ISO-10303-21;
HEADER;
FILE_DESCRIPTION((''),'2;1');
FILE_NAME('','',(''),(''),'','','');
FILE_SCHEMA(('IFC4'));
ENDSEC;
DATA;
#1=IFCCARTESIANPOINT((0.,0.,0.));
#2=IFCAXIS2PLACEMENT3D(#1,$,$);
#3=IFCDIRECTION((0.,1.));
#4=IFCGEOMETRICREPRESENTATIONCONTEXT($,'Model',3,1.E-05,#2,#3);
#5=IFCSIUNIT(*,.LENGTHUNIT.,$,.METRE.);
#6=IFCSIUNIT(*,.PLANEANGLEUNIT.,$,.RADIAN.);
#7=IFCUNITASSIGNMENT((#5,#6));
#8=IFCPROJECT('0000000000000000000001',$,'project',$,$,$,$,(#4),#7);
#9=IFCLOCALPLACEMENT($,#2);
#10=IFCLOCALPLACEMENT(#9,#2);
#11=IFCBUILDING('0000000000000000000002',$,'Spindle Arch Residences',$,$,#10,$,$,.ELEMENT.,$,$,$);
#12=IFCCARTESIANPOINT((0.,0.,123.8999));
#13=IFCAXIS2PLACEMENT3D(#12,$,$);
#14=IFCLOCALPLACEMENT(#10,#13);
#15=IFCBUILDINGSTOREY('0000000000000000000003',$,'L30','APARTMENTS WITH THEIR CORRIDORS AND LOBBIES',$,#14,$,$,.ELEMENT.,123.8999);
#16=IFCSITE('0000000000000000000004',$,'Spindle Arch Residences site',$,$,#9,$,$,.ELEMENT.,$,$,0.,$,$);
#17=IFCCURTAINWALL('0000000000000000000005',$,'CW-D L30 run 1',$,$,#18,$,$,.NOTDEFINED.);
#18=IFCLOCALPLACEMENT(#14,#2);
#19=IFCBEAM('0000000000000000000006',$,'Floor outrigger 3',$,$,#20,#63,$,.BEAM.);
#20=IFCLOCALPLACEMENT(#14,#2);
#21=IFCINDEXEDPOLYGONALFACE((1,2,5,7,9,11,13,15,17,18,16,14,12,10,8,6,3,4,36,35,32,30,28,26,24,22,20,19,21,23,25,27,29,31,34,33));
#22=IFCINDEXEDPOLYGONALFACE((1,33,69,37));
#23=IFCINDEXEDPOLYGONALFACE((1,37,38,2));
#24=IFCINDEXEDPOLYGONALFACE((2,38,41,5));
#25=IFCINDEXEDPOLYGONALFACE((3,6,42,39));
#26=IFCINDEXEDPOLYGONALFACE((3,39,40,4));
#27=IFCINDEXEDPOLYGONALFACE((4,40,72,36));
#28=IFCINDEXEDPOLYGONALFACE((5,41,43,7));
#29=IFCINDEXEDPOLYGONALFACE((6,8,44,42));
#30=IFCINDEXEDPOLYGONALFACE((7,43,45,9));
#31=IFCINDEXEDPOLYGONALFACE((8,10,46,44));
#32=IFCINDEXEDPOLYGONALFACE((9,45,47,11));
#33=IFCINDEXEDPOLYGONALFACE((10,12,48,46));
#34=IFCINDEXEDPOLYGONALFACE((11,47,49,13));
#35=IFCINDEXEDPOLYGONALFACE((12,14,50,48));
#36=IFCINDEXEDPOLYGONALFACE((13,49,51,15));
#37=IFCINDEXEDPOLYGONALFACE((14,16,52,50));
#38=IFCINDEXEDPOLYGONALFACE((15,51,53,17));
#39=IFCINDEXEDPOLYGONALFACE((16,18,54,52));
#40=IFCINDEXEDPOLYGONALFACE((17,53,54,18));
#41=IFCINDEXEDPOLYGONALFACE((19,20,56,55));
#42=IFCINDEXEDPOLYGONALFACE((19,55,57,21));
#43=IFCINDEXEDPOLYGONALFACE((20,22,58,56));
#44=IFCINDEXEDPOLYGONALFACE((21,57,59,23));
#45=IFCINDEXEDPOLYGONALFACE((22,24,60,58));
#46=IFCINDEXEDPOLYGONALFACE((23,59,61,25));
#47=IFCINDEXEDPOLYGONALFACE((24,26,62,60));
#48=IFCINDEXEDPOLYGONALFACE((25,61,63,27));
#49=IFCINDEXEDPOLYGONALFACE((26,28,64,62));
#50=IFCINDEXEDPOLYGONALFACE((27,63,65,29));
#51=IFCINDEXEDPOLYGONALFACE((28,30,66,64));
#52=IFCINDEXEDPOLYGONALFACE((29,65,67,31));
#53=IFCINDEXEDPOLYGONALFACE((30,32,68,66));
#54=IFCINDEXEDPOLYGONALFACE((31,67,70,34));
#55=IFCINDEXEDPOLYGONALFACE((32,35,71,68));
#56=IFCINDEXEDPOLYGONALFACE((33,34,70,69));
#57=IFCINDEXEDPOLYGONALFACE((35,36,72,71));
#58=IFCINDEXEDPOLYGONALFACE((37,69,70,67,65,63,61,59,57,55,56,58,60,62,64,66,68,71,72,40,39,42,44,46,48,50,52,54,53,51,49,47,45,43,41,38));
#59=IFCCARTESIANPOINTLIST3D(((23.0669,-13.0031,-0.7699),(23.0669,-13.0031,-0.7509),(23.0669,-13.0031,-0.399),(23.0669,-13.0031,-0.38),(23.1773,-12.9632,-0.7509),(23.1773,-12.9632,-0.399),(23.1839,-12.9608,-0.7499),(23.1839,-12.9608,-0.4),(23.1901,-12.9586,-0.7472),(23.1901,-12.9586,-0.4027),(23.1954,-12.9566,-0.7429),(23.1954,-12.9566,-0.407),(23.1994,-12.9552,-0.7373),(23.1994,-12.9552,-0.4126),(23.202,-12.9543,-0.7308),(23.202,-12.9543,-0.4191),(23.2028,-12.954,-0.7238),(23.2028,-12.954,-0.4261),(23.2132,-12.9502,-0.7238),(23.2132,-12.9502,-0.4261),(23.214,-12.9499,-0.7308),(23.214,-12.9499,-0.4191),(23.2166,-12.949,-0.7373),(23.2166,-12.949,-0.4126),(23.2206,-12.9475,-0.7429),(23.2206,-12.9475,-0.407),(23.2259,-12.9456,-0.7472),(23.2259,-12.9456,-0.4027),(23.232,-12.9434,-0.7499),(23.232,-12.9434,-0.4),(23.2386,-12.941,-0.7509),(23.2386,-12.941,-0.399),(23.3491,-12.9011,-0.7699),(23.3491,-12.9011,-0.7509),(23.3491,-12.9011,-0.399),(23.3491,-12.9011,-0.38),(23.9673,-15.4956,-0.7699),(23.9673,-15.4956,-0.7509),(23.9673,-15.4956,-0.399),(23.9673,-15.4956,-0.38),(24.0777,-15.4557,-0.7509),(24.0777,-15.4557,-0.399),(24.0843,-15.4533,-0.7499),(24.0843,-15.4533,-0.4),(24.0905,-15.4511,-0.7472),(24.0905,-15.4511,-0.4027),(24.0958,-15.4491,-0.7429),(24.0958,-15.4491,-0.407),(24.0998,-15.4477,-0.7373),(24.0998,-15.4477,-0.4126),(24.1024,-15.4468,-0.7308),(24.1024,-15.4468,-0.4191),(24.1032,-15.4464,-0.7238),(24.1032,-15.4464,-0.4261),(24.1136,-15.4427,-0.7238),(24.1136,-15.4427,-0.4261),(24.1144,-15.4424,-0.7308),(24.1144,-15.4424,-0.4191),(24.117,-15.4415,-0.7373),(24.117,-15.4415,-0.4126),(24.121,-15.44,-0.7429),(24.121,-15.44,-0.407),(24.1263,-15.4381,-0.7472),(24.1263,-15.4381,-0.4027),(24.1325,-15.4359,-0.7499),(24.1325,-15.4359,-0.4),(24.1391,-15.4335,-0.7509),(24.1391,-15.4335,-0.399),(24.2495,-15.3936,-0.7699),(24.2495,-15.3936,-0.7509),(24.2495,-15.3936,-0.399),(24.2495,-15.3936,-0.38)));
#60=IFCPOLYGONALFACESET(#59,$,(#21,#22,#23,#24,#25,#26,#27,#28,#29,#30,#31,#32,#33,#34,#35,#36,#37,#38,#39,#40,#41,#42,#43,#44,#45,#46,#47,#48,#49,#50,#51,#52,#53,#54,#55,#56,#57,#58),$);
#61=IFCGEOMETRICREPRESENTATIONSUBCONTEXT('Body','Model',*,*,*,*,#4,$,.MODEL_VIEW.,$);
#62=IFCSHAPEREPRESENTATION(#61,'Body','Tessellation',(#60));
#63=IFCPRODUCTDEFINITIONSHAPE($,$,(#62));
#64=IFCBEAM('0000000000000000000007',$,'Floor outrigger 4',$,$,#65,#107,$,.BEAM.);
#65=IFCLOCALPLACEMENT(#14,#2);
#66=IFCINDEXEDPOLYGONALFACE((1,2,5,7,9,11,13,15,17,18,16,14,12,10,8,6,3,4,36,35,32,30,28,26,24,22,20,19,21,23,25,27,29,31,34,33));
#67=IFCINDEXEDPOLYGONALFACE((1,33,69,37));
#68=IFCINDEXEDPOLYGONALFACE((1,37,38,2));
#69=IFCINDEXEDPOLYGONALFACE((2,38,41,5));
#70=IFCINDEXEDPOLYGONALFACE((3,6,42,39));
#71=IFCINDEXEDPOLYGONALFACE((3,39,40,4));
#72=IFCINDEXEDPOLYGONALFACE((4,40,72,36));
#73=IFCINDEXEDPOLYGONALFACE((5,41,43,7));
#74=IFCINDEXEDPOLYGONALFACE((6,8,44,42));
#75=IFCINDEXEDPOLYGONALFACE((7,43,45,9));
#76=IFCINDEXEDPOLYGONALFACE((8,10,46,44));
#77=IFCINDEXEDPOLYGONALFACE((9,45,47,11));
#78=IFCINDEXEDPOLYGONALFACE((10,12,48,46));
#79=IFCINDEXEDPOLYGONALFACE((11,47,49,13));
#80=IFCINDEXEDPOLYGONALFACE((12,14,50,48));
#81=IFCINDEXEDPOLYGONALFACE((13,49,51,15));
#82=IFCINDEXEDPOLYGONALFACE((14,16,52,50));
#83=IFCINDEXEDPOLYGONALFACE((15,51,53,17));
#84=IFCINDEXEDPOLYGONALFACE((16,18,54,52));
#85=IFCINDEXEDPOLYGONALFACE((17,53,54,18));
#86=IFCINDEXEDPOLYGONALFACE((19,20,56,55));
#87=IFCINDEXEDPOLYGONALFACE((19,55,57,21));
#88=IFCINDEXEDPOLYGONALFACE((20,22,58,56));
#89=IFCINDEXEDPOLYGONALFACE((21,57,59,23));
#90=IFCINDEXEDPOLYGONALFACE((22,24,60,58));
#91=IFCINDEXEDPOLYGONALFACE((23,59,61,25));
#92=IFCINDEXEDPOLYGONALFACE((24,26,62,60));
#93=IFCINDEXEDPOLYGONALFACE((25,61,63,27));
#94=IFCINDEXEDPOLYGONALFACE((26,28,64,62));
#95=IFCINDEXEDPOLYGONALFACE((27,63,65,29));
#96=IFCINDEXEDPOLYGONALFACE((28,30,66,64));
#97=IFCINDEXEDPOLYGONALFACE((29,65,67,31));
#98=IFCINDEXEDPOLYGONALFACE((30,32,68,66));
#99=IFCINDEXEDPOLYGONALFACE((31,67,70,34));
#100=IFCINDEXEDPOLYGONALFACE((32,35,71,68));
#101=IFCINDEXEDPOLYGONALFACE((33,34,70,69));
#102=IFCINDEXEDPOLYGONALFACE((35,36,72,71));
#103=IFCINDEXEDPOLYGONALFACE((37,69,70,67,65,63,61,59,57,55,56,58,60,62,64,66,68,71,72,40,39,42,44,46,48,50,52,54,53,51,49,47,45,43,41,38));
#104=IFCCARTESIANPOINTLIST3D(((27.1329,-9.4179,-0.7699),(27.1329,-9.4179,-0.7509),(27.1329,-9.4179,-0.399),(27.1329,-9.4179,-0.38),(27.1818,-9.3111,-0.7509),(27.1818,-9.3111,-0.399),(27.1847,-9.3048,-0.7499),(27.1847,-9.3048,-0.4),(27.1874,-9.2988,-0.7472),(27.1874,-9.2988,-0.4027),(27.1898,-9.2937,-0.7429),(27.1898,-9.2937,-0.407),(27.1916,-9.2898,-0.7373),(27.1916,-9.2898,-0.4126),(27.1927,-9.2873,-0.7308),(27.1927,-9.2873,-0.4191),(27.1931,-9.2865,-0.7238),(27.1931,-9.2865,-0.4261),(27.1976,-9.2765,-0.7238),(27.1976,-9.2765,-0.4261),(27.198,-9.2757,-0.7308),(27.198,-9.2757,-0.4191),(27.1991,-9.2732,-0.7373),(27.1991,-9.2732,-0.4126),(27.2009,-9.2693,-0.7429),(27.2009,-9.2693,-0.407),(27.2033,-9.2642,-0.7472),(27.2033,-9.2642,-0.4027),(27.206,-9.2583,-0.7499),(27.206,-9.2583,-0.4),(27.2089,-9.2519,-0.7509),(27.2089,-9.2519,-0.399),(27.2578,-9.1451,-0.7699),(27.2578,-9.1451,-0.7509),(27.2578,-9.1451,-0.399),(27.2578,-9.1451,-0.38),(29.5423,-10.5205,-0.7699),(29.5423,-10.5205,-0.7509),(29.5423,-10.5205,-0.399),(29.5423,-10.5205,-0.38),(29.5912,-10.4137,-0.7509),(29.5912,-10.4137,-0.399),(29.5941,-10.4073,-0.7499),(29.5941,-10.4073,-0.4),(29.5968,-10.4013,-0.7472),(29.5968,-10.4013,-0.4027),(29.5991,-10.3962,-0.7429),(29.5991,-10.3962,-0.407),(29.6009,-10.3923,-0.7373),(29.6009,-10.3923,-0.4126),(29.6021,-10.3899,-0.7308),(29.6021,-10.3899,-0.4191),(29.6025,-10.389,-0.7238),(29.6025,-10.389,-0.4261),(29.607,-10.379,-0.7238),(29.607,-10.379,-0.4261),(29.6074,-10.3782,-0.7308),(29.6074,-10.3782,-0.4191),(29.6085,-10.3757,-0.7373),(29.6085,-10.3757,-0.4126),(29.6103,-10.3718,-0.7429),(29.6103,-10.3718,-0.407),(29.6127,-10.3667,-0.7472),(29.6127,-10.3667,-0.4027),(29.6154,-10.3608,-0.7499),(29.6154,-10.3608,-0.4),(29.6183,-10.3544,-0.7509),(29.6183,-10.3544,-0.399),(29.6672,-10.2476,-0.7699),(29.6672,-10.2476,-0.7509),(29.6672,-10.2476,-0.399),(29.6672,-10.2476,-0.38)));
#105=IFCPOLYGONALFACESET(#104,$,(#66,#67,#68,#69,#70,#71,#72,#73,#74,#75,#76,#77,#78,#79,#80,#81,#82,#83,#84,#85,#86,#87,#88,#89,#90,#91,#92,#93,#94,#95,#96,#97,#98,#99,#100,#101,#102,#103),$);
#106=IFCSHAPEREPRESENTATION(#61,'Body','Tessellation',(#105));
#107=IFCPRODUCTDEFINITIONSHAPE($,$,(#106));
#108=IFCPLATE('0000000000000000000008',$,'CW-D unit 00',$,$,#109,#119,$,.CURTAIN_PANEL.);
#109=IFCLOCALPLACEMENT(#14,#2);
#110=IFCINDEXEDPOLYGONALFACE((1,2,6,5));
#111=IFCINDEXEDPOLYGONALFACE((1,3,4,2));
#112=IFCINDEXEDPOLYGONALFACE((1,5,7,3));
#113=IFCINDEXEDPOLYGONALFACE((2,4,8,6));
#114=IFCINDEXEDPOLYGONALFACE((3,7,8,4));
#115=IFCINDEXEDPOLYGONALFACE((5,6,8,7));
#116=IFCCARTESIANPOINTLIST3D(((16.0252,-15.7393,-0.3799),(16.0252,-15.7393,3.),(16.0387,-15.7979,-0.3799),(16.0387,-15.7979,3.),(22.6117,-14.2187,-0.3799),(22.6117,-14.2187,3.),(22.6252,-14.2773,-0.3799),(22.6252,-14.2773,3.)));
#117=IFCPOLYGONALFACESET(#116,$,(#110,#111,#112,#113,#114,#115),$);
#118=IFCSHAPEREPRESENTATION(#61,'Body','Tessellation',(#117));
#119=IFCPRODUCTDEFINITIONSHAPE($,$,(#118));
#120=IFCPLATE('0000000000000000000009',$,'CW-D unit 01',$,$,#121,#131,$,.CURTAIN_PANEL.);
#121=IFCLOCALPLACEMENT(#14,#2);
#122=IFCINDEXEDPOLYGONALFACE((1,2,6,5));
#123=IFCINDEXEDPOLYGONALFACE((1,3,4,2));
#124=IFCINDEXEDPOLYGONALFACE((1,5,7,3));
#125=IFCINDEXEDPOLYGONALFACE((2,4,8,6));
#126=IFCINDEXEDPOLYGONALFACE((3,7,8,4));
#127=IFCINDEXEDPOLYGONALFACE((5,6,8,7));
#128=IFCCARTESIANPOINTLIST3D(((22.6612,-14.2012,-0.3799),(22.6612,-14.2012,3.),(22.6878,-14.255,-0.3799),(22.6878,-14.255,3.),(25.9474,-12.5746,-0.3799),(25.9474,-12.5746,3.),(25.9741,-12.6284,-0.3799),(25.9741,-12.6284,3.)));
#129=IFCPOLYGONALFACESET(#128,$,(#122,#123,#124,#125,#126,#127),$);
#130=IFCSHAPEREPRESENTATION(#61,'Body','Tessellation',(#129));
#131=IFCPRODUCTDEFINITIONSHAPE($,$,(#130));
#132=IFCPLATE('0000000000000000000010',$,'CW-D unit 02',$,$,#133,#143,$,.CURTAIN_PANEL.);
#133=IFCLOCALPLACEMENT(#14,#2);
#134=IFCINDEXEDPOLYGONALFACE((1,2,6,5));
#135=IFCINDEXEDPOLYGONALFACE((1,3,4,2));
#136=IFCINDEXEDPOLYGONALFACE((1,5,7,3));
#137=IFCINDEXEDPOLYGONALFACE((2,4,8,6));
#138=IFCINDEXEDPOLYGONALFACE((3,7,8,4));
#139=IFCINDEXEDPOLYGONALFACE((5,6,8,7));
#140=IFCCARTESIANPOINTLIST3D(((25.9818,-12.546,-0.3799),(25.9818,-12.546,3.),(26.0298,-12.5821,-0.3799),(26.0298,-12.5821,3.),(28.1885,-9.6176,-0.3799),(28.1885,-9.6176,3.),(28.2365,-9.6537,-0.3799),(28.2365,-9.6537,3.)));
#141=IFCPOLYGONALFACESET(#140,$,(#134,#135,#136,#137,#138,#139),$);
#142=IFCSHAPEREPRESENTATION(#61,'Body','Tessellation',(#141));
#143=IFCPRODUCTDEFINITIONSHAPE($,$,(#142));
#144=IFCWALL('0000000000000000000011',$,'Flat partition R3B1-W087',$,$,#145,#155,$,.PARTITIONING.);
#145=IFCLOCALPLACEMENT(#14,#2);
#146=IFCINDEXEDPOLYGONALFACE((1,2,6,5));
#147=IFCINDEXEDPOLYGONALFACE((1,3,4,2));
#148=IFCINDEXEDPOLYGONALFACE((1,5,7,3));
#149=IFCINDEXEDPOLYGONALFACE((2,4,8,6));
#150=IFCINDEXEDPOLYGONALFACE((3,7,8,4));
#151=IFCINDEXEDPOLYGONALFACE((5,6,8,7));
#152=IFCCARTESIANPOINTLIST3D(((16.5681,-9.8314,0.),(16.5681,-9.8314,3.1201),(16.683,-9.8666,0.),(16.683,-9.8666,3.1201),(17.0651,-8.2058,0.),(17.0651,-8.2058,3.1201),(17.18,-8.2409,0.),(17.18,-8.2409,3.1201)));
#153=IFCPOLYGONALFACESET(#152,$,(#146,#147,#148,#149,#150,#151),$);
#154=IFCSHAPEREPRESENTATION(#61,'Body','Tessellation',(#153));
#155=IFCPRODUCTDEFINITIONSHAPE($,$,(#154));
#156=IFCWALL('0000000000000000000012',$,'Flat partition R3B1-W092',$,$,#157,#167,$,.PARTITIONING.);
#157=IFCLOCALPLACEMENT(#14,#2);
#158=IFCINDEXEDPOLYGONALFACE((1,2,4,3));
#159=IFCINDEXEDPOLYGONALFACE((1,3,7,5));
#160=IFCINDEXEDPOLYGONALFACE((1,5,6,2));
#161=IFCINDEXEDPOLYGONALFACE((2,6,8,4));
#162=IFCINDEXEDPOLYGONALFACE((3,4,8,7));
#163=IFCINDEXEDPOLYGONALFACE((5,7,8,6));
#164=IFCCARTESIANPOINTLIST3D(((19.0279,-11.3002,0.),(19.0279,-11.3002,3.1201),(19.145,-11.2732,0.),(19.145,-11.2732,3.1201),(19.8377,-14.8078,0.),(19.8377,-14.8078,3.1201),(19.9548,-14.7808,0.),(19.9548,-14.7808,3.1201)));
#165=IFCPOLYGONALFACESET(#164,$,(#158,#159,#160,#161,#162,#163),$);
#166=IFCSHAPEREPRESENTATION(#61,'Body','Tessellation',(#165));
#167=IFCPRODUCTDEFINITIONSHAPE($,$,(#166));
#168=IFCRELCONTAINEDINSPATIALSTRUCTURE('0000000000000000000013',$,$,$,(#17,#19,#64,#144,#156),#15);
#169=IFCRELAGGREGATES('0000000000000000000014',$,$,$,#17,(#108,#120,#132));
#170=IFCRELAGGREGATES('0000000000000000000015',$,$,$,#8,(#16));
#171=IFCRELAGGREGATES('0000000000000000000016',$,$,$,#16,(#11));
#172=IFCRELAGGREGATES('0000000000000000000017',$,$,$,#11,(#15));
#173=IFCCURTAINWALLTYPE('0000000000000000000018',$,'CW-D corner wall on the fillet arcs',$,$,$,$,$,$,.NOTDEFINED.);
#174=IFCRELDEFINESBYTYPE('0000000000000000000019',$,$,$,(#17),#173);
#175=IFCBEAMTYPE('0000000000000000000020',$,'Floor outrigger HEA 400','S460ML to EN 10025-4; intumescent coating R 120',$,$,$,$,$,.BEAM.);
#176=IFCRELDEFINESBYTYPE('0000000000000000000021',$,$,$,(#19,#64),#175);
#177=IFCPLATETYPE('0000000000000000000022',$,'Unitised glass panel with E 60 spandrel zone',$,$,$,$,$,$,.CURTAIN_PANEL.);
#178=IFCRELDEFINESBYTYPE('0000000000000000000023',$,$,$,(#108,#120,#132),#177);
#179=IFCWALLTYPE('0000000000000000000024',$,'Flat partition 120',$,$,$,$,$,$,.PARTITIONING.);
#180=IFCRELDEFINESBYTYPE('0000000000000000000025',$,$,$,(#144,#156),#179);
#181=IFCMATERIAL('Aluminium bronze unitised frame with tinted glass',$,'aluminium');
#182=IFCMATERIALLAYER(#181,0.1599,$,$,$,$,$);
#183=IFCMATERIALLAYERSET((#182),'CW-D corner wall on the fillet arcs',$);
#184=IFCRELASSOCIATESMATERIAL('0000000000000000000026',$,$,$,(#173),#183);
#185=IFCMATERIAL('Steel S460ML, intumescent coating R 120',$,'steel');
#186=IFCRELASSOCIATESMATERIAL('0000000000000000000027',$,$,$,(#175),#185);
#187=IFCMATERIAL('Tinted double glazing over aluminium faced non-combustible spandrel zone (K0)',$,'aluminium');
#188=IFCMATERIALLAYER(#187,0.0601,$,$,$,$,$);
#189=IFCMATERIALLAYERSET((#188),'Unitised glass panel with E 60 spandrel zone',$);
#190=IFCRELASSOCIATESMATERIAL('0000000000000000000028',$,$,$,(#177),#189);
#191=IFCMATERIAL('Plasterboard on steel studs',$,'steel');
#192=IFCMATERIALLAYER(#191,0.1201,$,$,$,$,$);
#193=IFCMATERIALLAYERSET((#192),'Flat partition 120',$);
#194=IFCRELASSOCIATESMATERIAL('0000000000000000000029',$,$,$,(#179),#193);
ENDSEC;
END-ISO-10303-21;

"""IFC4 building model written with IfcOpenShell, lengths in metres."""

from ifc_helpers import new_model, si_unit, direction, frame, frame_2d, origin, origin_2d, place, context, subcontext, project, spatial, rectangle, i_section, extrude, material, layer, layer_set, material_profile, profile_set, type_object, element, aggregate, save


model = new_model("IFC4")

# Units and contexts
model_context = context("Model", 3, precision=1e-05, world=origin(), true_north=direction((0.0, 1.0)))
body_context = subcontext(model_context, "Body", "Model", "MODEL_VIEW")
ifc_project = project(units=[si_unit("LENGTHUNIT", "METRE"), si_unit("PLANEANGLEUNIT", "RADIAN")], contexts=[model_context])

# Site, building, storey
site_placement = place(None, origin())
site = spatial("IfcSite", under=ifc_project, at=site_placement, Name="Spindle Arch Residences site", CompositionType="ELEMENT", RefElevation=0.0)
building_placement = place(site_placement, origin())
building = spatial("IfcBuilding", under=site, at=building_placement, Name="Spindle Arch Residences", CompositionType="ELEMENT")
storey_placement = place(building_placement, frame((0.0, 0.0, 123.8999)))
storey = spatial("IfcBuildingStorey", under=building, at=storey_placement, Name="L30", Description="APARTMENTS WITH THEIR CORRIDORS AND LOBBIES", CompositionType="ELEMENT", Elevation=123.8999)

# Curtain wall
ifc_material_1 = material(Name="Aluminium bronze unitised frame with tinted glass", Category="aluminium")
ifc_layer_1 = layer(ifc_material_1, 0.1599)
ifc_layer_set_1 = layer_set([ifc_layer_1], Name="CW-D corner wall on the fillet arcs")
curtain_wall_type = type_object("IfcCurtainWallType", Name="CW-D corner wall on the fillet arcs", PredefinedType="NOTDEFINED", material=ifc_layer_set_1)
curtain_wall_placement = place(storey_placement, origin())
curtain_wall = element("IfcCurtainWall", 1, at=curtain_wall_placement, inside=storey, type_object=curtain_wall_type, Name="CW-D L30 run 1", PredefinedType="NOTDEFINED")

# Beams
ifc_material_2 = material(Name="Steel S460ML, intumescent coating R 120", Category="steel")
ifc_material_profile_1 = material_profile(ifc_material_2, i_section(OverallWidth=0.3, OverallDepth=0.3899, WebThickness=0.011, FlangeThickness=0.019, FilletRadius=0.0271, at=origin_2d()), Name="HEA 400")
ifc_profile_set_1 = profile_set([ifc_material_profile_1], Name="Steel S460ML, intumescent coating R 120")
beam_type_1 = type_object("IfcBeamType", Name="Floor outrigger HEA 400", Description="S460ML to EN 10025-4; intumescent coating R 120", PredefinedType="BEAM", material=ifc_profile_set_1)
beam_1_placement = place(storey_placement, frame((24.1084, -15.4446, -0.575), z_axis=(-0.33976, 0.940512, 0.0), x_axis=(-0.940512, -0.33976, 0.0)))
element("IfcBeam", 2, at=beam_1_placement, inside=storey, type_object=beam_type_1, Name="Floor outrigger 3", PredefinedType="BEAM", context=body_context, shape_type="SweptSolid", body=[
    extrude(i_section(OverallWidth=0.3, OverallDepth=0.3899, WebThickness=0.011, FlangeThickness=0.019, FilletRadius=0.0271, at=origin_2d()), origin(), (0.0, 0.0, 1.0), 2.6501),
])
beam_2_placement = place(storey_placement, frame((29.6047, -10.384, -0.575), z_axis=(-0.909319, 0.416099, 0.0), x_axis=(-0.416099, -0.909319, 0.0)))
element("IfcBeam", 3, at=beam_2_placement, inside=storey, type_object=beam_type_1, Name="Floor outrigger 4", PredefinedType="BEAM", context=body_context, shape_type="SweptSolid", body=[
    extrude(i_section(OverallWidth=0.3, OverallDepth=0.3899, WebThickness=0.011, FlangeThickness=0.019, FilletRadius=0.0271, at=origin_2d()), origin(), (0.0, 0.0, 1.0), 2.6497),
])

# Plates
ifc_material_3 = material(Name="Tinted double glazing over aluminium faced non-combustible spandrel zone (K0)", Category="aluminium")
ifc_layer_2 = layer(ifc_material_3, 0.0601)
ifc_layer_set_2 = layer_set([ifc_layer_2], Name="Unitised glass panel with E 60 spandrel zone")
plate_type = type_object("IfcPlateType", Name="Unitised glass panel with E 60 spandrel zone", PredefinedType="CURTAIN_PANEL", material=ifc_layer_set_2)
plate_1_placement = place(storey_placement, frame((19.3252, -15.0083, -0.3799), z_axis=(0.0, 0.0, 1.0), x_axis=(0.97437, 0.224951, 0.0)))
plate_1 = element("IfcPlate", 4, at=plate_1_placement, type_object=plate_type, Name="CW-D unit 00", PredefinedType="CURTAIN_PANEL", context=body_context, shape_type="SweptSolid", body=[
    extrude(rectangle(XDim=6.7598, YDim=0.0601, at=origin_2d()), origin(), (0.0, 0.0, 1.0), 3.3799),
])
plate_2_placement = place(storey_placement, frame((24.3176, -13.4148, -0.3799), z_axis=(0.0, 0.0, 1.0), x_axis=(0.896229, 0.443593, 0.0)))
plate_2 = element("IfcPlate", 5, at=plate_2_placement, type_object=plate_type, Name="CW-D unit 01", PredefinedType="CURTAIN_PANEL", context=body_context, shape_type="SweptSolid", body=[
    extrude(rectangle(XDim=3.6667, YDim=0.0601, at=origin_2d()), origin(), (0.0, 0.0, 1.0), 3.3799),
])
plate_3_placement = place(storey_placement, frame((27.1091, -11.0999, -0.3799), z_axis=(0.0, 0.0, 1.0), x_axis=(0.601815, 0.798636, 0.0)))
plate_3 = element("IfcPlate", 6, at=plate_3_placement, type_object=plate_type, Name="CW-D unit 02", PredefinedType="CURTAIN_PANEL", context=body_context, shape_type="SweptSolid", body=[
    extrude(rectangle(XDim=3.6667, YDim=0.0601, at=origin_2d()), origin(), (0.0, 0.0, 1.0), 3.3799),
])
aggregate(curtain_wall, [plate_1, plate_2, plate_3])

# Walls
ifc_material_4 = material(Name="Plasterboard on steel studs", Category="steel")
ifc_layer_3 = layer(ifc_material_4, 0.1201)
ifc_layer_set_3 = layer_set([ifc_layer_3], Name="Flat partition 120")
wall_type_1 = type_object("IfcWallType", Name="Flat partition 120", PredefinedType="PARTITIONING", material=ifc_layer_set_3)
wall_1_placement = place(storey_placement, frame((16.6255, -9.8491, 0.0), z_axis=(0.0, 0.0, 1.0), x_axis=(0.29239, 0.956299, 0.0)))
element("IfcWall", 7, at=wall_1_placement, inside=storey, type_object=wall_type_1, Name="Flat partition R3B1-W087", PredefinedType="PARTITIONING", context=body_context, shape_type="SweptSolid", body=[
    extrude(rectangle(XDim=1.7, YDim=0.1201, at=frame_2d((0.8501, 0.0))), origin(), (0.0, 0.0, 1.0), 3.1201),
])
wall_2_placement = place(storey_placement, frame((19.8962, -14.7942, 0.0), z_axis=(0.0, 0.0, 1.0), x_axis=(-0.224959, 0.974368, 0.0)))
element("IfcWall", 8, at=wall_2_placement, inside=storey, type_object=wall_type_1, Name="Flat partition R3B1-W092", PredefinedType="PARTITIONING", context=body_context, shape_type="SweptSolid", body=[
    extrude(rectangle(XDim=3.5999, YDim=0.1201, at=frame_2d((1.7998, 0.0))), origin(), (0.0, 0.0, 1.0), 3.1201),
])

save(model, "model.ifc")
